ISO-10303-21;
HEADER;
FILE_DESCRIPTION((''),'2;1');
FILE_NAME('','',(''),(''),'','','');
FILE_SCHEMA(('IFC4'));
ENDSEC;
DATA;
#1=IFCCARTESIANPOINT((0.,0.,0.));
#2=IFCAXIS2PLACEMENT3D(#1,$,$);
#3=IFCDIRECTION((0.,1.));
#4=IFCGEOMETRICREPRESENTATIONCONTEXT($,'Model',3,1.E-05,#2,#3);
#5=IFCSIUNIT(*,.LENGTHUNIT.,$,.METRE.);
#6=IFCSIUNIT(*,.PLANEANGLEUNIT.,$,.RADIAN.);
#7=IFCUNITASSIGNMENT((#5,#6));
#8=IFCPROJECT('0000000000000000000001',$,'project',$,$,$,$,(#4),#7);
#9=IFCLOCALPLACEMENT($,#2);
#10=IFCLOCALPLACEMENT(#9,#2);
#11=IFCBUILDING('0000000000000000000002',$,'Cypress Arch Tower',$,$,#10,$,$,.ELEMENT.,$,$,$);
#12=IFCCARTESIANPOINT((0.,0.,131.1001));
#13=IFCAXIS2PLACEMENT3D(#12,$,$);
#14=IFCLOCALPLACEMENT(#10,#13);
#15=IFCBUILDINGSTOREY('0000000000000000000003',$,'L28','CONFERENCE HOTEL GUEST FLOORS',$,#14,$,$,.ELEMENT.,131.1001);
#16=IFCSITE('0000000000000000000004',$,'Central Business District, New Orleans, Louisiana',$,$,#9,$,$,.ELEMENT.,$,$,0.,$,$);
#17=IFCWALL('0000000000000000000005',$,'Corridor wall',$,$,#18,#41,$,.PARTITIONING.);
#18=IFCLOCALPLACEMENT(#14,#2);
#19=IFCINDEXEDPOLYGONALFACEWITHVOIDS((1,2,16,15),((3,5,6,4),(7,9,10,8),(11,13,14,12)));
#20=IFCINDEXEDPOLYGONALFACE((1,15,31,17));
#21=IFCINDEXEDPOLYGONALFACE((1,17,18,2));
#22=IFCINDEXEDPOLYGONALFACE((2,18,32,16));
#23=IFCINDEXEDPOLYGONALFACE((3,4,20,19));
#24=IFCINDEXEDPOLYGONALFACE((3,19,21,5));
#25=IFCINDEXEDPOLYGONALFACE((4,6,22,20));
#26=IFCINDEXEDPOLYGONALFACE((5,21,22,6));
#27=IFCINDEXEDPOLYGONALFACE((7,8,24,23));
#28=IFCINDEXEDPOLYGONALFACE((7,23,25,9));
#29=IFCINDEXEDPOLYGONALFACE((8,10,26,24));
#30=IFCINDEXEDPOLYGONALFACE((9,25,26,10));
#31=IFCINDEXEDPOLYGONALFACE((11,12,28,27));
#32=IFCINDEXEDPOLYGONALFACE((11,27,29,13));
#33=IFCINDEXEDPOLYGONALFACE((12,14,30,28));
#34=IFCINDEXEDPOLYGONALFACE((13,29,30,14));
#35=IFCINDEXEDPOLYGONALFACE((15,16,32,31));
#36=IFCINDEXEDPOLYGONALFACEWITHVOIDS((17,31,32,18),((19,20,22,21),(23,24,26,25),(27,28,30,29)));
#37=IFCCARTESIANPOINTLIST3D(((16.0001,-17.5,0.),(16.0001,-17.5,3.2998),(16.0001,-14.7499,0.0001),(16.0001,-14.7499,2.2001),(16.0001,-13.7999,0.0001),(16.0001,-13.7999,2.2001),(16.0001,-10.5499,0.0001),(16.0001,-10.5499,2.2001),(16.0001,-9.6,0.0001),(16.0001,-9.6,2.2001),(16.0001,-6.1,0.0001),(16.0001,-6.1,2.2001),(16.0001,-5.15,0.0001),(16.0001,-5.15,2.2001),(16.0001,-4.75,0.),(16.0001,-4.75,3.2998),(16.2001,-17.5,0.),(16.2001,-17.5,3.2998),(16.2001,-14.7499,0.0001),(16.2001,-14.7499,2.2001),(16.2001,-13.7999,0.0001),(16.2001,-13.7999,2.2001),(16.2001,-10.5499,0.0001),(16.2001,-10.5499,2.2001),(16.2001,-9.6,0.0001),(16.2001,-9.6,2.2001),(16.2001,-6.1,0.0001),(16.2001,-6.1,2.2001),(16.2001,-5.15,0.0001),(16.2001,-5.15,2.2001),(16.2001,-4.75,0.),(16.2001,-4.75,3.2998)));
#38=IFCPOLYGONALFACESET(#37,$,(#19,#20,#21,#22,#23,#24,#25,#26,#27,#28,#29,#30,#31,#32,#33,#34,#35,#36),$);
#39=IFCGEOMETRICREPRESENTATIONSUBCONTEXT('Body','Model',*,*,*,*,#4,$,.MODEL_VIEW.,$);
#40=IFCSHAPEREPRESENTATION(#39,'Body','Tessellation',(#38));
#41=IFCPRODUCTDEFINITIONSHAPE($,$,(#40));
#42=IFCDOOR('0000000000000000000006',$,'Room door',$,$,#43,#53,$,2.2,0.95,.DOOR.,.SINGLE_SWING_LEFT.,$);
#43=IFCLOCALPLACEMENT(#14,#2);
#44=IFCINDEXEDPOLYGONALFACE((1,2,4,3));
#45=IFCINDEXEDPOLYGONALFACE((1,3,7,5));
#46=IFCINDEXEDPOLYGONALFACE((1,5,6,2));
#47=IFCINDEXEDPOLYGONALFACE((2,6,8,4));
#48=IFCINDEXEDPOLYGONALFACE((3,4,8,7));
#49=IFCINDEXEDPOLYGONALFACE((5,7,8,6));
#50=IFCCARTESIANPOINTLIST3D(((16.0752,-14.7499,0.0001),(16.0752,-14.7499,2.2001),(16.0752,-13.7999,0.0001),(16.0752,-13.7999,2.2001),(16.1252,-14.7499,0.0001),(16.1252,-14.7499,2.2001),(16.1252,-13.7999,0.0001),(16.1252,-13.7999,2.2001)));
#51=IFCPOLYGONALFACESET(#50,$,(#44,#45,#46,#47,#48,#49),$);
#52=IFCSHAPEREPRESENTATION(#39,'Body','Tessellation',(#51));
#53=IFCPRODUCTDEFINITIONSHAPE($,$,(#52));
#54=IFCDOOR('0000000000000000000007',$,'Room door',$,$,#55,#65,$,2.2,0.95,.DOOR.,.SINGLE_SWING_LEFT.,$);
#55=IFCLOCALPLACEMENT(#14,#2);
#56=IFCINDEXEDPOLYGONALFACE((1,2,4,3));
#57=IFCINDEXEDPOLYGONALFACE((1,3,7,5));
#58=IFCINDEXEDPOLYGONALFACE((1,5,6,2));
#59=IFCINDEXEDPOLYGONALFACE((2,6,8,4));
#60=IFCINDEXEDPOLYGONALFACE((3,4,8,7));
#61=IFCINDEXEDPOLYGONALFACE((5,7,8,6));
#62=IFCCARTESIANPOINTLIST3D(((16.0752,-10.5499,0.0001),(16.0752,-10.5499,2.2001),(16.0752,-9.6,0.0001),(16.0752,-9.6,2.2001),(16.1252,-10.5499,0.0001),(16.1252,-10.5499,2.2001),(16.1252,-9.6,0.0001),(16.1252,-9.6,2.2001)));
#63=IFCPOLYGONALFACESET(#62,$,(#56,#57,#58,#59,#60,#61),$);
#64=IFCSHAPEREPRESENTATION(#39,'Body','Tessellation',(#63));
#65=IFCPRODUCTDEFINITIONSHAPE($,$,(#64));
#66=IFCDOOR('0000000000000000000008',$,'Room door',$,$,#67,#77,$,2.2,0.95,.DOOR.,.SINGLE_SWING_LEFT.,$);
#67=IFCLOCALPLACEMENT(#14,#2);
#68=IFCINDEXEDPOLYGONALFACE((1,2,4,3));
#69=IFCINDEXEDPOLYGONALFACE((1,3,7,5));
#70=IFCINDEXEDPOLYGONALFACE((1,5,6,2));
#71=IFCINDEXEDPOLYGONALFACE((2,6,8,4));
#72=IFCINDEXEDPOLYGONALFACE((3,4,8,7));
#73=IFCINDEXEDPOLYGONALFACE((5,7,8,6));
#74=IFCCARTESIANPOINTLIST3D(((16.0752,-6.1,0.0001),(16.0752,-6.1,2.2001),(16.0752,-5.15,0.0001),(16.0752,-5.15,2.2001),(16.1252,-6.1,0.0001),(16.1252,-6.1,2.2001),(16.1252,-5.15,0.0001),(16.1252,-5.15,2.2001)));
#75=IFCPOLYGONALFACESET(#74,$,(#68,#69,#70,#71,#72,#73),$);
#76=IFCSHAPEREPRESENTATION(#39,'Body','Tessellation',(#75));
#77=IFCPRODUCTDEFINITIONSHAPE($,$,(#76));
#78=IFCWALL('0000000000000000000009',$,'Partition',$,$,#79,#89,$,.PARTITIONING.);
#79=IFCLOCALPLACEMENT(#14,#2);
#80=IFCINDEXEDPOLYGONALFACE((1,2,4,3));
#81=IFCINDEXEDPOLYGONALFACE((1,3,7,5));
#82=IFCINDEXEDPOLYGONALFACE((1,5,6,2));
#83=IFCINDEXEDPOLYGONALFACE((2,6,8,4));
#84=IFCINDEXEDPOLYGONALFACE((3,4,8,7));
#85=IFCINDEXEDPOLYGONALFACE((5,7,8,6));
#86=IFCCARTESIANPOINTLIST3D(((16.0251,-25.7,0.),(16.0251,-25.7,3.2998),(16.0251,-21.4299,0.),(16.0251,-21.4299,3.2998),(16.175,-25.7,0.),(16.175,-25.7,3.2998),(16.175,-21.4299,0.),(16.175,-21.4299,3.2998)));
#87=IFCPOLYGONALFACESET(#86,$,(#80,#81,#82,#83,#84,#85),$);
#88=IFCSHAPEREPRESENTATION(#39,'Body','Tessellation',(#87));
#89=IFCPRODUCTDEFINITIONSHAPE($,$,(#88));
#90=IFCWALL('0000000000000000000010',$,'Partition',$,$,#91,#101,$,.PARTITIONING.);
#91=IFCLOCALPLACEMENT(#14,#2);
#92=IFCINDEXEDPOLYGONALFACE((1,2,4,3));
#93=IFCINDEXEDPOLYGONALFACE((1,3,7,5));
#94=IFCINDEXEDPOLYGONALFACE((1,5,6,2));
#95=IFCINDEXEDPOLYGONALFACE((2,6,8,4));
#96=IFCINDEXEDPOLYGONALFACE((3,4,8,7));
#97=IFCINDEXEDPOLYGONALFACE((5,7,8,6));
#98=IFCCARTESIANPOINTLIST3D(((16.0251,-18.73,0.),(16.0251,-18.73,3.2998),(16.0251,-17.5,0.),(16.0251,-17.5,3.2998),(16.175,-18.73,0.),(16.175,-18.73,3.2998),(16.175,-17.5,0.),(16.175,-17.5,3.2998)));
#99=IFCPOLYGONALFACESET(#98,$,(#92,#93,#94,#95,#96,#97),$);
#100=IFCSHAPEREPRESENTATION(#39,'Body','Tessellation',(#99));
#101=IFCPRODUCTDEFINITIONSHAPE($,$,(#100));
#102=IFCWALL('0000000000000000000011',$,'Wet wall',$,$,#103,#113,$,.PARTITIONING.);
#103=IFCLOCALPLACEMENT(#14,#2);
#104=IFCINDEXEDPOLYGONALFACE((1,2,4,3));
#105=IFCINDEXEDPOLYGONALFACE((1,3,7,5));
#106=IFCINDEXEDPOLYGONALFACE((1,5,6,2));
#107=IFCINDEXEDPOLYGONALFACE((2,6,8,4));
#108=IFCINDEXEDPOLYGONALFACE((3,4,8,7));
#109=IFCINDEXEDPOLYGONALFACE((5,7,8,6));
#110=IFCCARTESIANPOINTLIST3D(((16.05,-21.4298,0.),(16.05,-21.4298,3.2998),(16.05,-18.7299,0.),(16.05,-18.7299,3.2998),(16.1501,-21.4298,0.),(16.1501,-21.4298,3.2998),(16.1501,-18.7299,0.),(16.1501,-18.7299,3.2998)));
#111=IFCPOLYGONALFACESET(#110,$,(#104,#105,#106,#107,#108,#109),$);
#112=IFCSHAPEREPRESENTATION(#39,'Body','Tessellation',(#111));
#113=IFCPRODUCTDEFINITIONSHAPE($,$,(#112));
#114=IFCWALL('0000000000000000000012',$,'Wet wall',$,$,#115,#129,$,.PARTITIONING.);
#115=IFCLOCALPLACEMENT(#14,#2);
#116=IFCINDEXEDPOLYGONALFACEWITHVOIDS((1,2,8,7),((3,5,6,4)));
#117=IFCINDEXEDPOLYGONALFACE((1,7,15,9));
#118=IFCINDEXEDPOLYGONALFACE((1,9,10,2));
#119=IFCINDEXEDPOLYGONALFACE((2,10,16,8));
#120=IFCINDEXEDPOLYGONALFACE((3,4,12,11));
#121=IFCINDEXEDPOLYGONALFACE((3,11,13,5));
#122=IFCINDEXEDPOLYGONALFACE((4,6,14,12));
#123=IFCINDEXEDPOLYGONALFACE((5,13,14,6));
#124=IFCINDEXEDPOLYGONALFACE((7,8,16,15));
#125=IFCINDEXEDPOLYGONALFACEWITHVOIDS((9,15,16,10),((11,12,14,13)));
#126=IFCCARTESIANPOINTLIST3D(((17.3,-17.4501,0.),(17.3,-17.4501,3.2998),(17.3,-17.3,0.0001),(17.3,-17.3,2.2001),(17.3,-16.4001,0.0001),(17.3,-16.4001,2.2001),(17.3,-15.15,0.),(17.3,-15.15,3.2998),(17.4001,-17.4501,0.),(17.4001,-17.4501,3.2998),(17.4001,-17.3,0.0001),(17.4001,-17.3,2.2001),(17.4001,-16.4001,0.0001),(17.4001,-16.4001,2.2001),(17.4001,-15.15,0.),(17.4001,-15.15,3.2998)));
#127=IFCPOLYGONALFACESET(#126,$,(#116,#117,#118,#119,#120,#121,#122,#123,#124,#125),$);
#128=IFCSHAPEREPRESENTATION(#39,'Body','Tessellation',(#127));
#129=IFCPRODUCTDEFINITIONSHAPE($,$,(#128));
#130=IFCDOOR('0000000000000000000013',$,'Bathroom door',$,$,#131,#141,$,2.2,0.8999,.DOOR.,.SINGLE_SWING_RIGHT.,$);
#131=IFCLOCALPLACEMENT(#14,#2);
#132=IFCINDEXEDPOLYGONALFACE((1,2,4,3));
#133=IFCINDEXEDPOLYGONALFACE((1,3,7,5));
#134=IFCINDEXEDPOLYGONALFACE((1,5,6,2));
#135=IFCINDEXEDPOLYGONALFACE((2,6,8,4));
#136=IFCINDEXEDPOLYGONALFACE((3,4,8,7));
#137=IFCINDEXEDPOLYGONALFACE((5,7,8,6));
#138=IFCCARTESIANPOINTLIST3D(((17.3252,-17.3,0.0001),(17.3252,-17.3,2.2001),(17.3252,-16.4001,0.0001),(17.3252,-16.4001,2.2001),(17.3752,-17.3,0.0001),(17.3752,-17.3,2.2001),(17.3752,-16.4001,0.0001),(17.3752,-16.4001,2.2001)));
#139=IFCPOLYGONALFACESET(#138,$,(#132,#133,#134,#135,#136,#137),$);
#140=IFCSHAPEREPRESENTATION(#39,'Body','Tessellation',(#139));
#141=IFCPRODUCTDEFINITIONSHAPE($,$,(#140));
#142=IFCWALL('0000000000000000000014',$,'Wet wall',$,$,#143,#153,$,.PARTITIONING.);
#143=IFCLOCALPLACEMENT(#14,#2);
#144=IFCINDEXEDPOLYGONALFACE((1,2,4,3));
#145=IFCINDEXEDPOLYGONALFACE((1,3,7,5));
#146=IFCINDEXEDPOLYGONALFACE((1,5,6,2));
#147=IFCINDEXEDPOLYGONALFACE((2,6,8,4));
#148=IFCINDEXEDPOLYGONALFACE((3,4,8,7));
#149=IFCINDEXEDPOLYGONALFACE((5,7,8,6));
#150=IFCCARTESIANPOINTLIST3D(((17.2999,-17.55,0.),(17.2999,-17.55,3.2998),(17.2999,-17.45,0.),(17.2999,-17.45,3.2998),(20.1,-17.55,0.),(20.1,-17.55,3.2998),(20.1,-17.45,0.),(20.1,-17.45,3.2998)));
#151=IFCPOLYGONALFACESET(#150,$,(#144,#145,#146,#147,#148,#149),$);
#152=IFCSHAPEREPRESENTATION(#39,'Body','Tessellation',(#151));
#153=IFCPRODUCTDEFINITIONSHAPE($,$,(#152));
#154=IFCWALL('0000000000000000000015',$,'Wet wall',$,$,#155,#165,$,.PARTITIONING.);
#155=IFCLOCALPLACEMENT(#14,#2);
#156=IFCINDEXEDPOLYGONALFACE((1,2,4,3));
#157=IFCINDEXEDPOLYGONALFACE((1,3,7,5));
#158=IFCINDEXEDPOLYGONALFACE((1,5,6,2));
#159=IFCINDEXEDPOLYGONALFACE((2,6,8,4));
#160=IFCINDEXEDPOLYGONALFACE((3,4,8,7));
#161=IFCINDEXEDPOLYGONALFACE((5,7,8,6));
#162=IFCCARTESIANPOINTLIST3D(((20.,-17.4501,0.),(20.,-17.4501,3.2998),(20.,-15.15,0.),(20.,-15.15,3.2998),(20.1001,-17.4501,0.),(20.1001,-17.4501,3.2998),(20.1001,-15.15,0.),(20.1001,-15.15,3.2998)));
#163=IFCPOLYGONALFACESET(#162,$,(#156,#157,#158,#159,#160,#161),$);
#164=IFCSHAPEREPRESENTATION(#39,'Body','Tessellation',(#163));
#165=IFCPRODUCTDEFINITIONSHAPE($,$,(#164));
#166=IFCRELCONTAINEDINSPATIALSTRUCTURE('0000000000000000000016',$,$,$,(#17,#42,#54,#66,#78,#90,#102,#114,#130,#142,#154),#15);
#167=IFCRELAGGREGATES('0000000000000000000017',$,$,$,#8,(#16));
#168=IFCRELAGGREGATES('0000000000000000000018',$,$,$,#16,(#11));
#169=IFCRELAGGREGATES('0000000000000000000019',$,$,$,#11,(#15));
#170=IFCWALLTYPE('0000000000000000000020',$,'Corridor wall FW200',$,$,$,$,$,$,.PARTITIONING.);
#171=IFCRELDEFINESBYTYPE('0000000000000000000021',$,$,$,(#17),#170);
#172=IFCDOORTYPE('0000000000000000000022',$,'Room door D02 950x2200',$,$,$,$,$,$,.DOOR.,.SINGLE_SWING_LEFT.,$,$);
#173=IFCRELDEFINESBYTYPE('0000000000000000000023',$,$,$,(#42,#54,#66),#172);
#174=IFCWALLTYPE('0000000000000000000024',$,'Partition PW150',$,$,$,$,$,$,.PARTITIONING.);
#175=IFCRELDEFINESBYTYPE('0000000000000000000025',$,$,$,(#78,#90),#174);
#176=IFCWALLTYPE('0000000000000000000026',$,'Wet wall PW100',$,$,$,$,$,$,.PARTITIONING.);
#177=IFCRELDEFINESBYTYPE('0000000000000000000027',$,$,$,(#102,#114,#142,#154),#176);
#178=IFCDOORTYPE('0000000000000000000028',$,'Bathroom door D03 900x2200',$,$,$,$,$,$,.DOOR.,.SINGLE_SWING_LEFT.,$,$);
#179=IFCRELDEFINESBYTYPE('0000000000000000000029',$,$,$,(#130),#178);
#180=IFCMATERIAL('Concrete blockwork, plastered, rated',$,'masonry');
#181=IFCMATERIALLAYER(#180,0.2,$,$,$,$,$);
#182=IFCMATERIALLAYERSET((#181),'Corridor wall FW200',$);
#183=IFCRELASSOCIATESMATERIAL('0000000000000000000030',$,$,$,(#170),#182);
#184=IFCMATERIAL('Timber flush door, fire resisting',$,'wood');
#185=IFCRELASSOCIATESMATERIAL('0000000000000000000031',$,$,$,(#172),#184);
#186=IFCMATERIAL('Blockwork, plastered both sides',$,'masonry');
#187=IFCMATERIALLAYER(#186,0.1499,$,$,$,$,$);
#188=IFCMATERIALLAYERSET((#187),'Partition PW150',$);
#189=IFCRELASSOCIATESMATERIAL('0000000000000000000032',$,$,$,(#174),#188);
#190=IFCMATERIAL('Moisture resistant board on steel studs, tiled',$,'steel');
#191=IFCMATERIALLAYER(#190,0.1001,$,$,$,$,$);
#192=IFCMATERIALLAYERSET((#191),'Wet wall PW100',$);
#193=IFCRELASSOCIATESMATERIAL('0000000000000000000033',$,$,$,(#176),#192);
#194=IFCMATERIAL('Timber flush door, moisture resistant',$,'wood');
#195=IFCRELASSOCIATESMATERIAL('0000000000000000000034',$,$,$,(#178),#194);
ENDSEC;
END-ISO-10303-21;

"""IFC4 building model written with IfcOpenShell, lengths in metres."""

from ifc_helpers import new_model, si_unit, direction, frame, frame_2d, origin, place, context, subcontext, project, spatial, rectangle, extrude, material, layer, layer_set, type_object, element, fill, save


model = new_model("IFC4")

# Units and contexts
model_context = context("Model", 3, precision=1e-05, world=origin(), true_north=direction((0.0, 1.0)))
body_context = subcontext(model_context, "Body", "Model", "MODEL_VIEW")
ifc_project = project(units=[si_unit("LENGTHUNIT", "METRE"), si_unit("PLANEANGLEUNIT", "RADIAN")], contexts=[model_context])

# Site, building, storey
site_placement = place(None, origin())
site = spatial("IfcSite", under=ifc_project, at=site_placement, Name="Central Business District, New Orleans, Louisiana", CompositionType="ELEMENT", RefElevation=0.0)
building_placement = place(site_placement, origin())
building = spatial("IfcBuilding", under=site, at=building_placement, Name="Cypress Arch Tower", CompositionType="ELEMENT")
storey_placement = place(building_placement, frame((0.0, 0.0, 131.1001)))
storey = spatial("IfcBuildingStorey", under=building, at=storey_placement, Name="L28", Description="CONFERENCE HOTEL GUEST FLOORS", CompositionType="ELEMENT", Elevation=131.1001)

# Shared definitions
ifc_material_1 = material(Name="Concrete blockwork, plastered, rated", Category="masonry")
ifc_layer_1 = layer(ifc_material_1, 0.2)
ifc_layer_set_1 = layer_set([ifc_layer_1], Name="Corridor wall FW200")
wall_type_1 = type_object("IfcWallType", Name="Corridor wall FW200", PredefinedType="PARTITIONING", material=ifc_layer_set_1)

# Wall, openings, doors
wall_1_placement = place(storey_placement, frame((16.1001, -17.5, 0.0), z_axis=(0.0, 0.0, 1.0), x_axis=(0.0, 1.0, 0.0)))
wall_1 = element("IfcWall", 1, at=wall_1_placement, inside=storey, type_object=wall_type_1, Name="Corridor wall", PredefinedType="PARTITIONING", context=body_context, shape_type="SweptSolid", body=[
    extrude(rectangle(XDim=12.75, YDim=0.2, at=frame_2d((6.375, 0.0))), origin(), (0.0, 0.0, 1.0), 3.2998),
])
opening_1_placement = place(wall_1_placement, frame((2.75, 0.0, 0.0)))
opening_1 = element("IfcOpeningElement", 2, at=opening_1_placement, cuts=wall_1, PredefinedType="OPENING", context=body_context, shape_type="SweptSolid", body=[
    extrude(rectangle(XDim=0.95, YDim=2.2, at=frame_2d((0.4751, 1.1001))), frame((0.0, 0.1099, 0.0), z_axis=(0.0, -1.0, 0.0), x_axis=(1.0, 0.0, 0.0)), (0.0, 0.0, 1.0), 0.22),
])
opening_2_placement = place(wall_1_placement, frame((6.95, 0.0, 0.0)))
opening_2 = element("IfcOpeningElement", 3, at=opening_2_placement, cuts=wall_1, PredefinedType="OPENING", context=body_context, shape_type="SweptSolid", body=[
    extrude(rectangle(XDim=0.95, YDim=2.2, at=frame_2d((0.4751, 1.1001))), frame((0.0, 0.1099, 0.0), z_axis=(0.0, -1.0, 0.0), x_axis=(1.0, 0.0, 0.0)), (0.0, 0.0, 1.0), 0.22),
])
opening_3_placement = place(wall_1_placement, frame((11.3999, 0.0, 0.0)))
opening_3 = element("IfcOpeningElement", 4, at=opening_3_placement, cuts=wall_1, PredefinedType="OPENING", context=body_context, shape_type="SweptSolid", body=[
    extrude(rectangle(XDim=0.95, YDim=2.2, at=frame_2d((0.4751, 1.1001))), frame((0.0, 0.1099, 0.0), z_axis=(0.0, -1.0, 0.0), x_axis=(1.0, 0.0, 0.0)), (0.0, 0.0, 1.0), 0.22),
])
ifc_material_2 = material(Name="Timber flush door, fire resisting", Category="wood")
door_type_1 = type_object("IfcDoorType", Name="Room door D02 950x2200", OperationType="SINGLE_SWING_LEFT", PredefinedType="DOOR", material=ifc_material_2)
door_1_placement = place(opening_1_placement, origin())
door_1 = element("IfcDoor", 5, at=door_1_placement, inside=storey, type_object=door_type_1, Name="Room door", OperationType="SINGLE_SWING_LEFT", OverallHeight=2.2, OverallWidth=0.95, PredefinedType="DOOR", context=body_context, shape_type="SweptSolid", body=[
    extrude(rectangle(XDim=0.95, YDim=2.2, at=frame_2d((0.4751, 1.1001))), frame((0.0, 0.0249, 0.0), z_axis=(0.0, -1.0, 0.0), x_axis=(1.0, 0.0, 0.0)), (0.0, 0.0, 1.0), 0.05),
])
fill(opening_1, door_1)
door_2_placement = place(opening_2_placement, origin())
door_2 = element("IfcDoor", 6, at=door_2_placement, inside=storey, type_object=door_type_1, Name="Room door", OperationType="SINGLE_SWING_LEFT", OverallHeight=2.2, OverallWidth=0.95, PredefinedType="DOOR", context=body_context, shape_type="SweptSolid", body=[
    extrude(rectangle(XDim=0.95, YDim=2.2, at=frame_2d((0.4751, 1.1001))), frame((0.0, 0.0249, 0.0), z_axis=(0.0, -1.0, 0.0), x_axis=(1.0, 0.0, 0.0)), (0.0, 0.0, 1.0), 0.05),
])
fill(opening_2, door_2)
door_3_placement = place(opening_3_placement, origin())
door_3 = element("IfcDoor", 7, at=door_3_placement, inside=storey, type_object=door_type_1, Name="Room door", OperationType="SINGLE_SWING_LEFT", OverallHeight=2.2, OverallWidth=0.95, PredefinedType="DOOR", context=body_context, shape_type="SweptSolid", body=[
    extrude(rectangle(XDim=0.95, YDim=2.2, at=frame_2d((0.4751, 1.1001))), frame((0.0, 0.0249, 0.0), z_axis=(0.0, -1.0, 0.0), x_axis=(1.0, 0.0, 0.0)), (0.0, 0.0, 1.0), 0.05),
])
fill(opening_3, door_3)

# Walls
ifc_material_3 = material(Name="Blockwork, plastered both sides", Category="masonry")
ifc_layer_2 = layer(ifc_material_3, 0.1499)
ifc_layer_set_2 = layer_set([ifc_layer_2], Name="Partition PW150")
wall_type_2 = type_object("IfcWallType", Name="Partition PW150", PredefinedType="PARTITIONING", material=ifc_layer_set_2)
wall_2_placement = place(storey_placement, frame((16.1001, -25.7, 0.0), z_axis=(0.0, 0.0, 1.0), x_axis=(0.0, 1.0, 0.0)))
element("IfcWall", 8, at=wall_2_placement, inside=storey, type_object=wall_type_2, Name="Partition", PredefinedType="PARTITIONING", context=body_context, shape_type="SweptSolid", body=[
    extrude(rectangle(XDim=4.27, YDim=0.1499, at=frame_2d((2.135, 0.0))), origin(), (0.0, 0.0, 1.0), 3.2998),
])
wall_3_placement = place(storey_placement, frame((16.1001, -18.73, 0.0), z_axis=(0.0, 0.0, 1.0), x_axis=(0.0, 1.0, 0.0)))
element("IfcWall", 9, at=wall_3_placement, inside=storey, type_object=wall_type_2, Name="Partition", PredefinedType="PARTITIONING", context=body_context, shape_type="SweptSolid", body=[
    extrude(rectangle(XDim=1.23, YDim=0.1499, at=frame_2d((0.615, 0.0))), origin(), (0.0, 0.0, 1.0), 3.2998),
])
ifc_material_4 = material(Name="Moisture resistant board on steel studs, tiled", Category="steel")
ifc_layer_3 = layer(ifc_material_4, 0.1001)
ifc_layer_set_3 = layer_set([ifc_layer_3], Name="Wet wall PW100")
wall_type_3 = type_object("IfcWallType", Name="Wet wall PW100", PredefinedType="PARTITIONING", material=ifc_layer_set_3)
wall_4_placement = place(storey_placement, frame((16.1001, -21.4299, 0.0), z_axis=(0.0, 0.0, 1.0), x_axis=(0.0, 1.0, 0.0)))
element("IfcWall", 10, at=wall_4_placement, inside=storey, type_object=wall_type_3, Name="Wet wall", PredefinedType="PARTITIONING", context=body_context, shape_type="SweptSolid", body=[
    extrude(rectangle(XDim=2.7, YDim=0.1001, at=frame_2d((1.3501, 0.0))), origin(), (0.0, 0.0, 1.0), 3.2998),
])

# Wall, opening, door
wall_5_placement = place(storey_placement, frame((17.3501, -17.45, 0.0), z_axis=(0.0, 0.0, 1.0), x_axis=(0.0, 1.0, 0.0)))
wall_5 = element("IfcWall", 11, at=wall_5_placement, inside=storey, type_object=wall_type_3, Name="Wet wall", PredefinedType="PARTITIONING", context=body_context, shape_type="SweptSolid", body=[
    extrude(rectangle(XDim=2.3, YDim=0.1001, at=frame_2d((1.1499, 0.0))), origin(), (0.0, 0.0, 1.0), 3.2998),
])
opening_4_placement = place(wall_5_placement, frame((0.1499, 0.0, 0.0)))
opening_4 = element("IfcOpeningElement", 12, at=opening_4_placement, cuts=wall_5, PredefinedType="OPENING", context=body_context, shape_type="SweptSolid", body=[
    extrude(rectangle(XDim=0.8999, YDim=2.2, at=frame_2d((0.45, 1.1001))), frame((0.0, 0.0601, 0.0), z_axis=(0.0, -1.0, 0.0), x_axis=(1.0, 0.0, 0.0)), (0.0, 0.0, 1.0), 0.1201),
])
ifc_material_5 = material(Name="Timber flush door, moisture resistant", Category="wood")
door_type_2 = type_object("IfcDoorType", Name="Bathroom door D03 900x2200", OperationType="SINGLE_SWING_LEFT", PredefinedType="DOOR", material=ifc_material_5)
door_4_placement = place(opening_4_placement, origin())
door_4 = element("IfcDoor", 13, at=door_4_placement, inside=storey, type_object=door_type_2, Name="Bathroom door", OperationType="SINGLE_SWING_RIGHT", OverallHeight=2.2, OverallWidth=0.8999, PredefinedType="DOOR", context=body_context, shape_type="SweptSolid", body=[
    extrude(rectangle(XDim=0.8999, YDim=2.2, at=frame_2d((0.45, 1.1001))), frame((0.0, 0.0249, 0.0), z_axis=(0.0, -1.0, 0.0), x_axis=(1.0, 0.0, 0.0)), (0.0, 0.0, 1.0), 0.05),
])
fill(opening_4, door_4)

# Walls
wall_6_placement = place(storey_placement, frame((17.3, -17.5, 0.0), z_axis=(0.0, 0.0, 1.0), x_axis=(1.0, 0.0, 0.0)))
element("IfcWall", 14, at=wall_6_placement, inside=storey, type_object=wall_type_3, Name="Wet wall", PredefinedType="PARTITIONING", context=body_context, shape_type="SweptSolid", body=[
    extrude(rectangle(XDim=2.8, YDim=0.1001, at=frame_2d((1.3999, 0.0))), origin(), (0.0, 0.0, 1.0), 3.2998),
])
wall_7_placement = place(storey_placement, frame((20.05, -17.45, 0.0), z_axis=(0.0, 0.0, 1.0), x_axis=(0.0, 1.0, 0.0)))
element("IfcWall", 15, at=wall_7_placement, inside=storey, type_object=wall_type_3, Name="Wet wall", PredefinedType="PARTITIONING", context=body_context, shape_type="SweptSolid", body=[
    extrude(rectangle(XDim=2.3, YDim=0.1001, at=frame_2d((1.1499, 0.0))), origin(), (0.0, 0.0, 1.0), 3.2998),
])

save(model, "model.ifc")
